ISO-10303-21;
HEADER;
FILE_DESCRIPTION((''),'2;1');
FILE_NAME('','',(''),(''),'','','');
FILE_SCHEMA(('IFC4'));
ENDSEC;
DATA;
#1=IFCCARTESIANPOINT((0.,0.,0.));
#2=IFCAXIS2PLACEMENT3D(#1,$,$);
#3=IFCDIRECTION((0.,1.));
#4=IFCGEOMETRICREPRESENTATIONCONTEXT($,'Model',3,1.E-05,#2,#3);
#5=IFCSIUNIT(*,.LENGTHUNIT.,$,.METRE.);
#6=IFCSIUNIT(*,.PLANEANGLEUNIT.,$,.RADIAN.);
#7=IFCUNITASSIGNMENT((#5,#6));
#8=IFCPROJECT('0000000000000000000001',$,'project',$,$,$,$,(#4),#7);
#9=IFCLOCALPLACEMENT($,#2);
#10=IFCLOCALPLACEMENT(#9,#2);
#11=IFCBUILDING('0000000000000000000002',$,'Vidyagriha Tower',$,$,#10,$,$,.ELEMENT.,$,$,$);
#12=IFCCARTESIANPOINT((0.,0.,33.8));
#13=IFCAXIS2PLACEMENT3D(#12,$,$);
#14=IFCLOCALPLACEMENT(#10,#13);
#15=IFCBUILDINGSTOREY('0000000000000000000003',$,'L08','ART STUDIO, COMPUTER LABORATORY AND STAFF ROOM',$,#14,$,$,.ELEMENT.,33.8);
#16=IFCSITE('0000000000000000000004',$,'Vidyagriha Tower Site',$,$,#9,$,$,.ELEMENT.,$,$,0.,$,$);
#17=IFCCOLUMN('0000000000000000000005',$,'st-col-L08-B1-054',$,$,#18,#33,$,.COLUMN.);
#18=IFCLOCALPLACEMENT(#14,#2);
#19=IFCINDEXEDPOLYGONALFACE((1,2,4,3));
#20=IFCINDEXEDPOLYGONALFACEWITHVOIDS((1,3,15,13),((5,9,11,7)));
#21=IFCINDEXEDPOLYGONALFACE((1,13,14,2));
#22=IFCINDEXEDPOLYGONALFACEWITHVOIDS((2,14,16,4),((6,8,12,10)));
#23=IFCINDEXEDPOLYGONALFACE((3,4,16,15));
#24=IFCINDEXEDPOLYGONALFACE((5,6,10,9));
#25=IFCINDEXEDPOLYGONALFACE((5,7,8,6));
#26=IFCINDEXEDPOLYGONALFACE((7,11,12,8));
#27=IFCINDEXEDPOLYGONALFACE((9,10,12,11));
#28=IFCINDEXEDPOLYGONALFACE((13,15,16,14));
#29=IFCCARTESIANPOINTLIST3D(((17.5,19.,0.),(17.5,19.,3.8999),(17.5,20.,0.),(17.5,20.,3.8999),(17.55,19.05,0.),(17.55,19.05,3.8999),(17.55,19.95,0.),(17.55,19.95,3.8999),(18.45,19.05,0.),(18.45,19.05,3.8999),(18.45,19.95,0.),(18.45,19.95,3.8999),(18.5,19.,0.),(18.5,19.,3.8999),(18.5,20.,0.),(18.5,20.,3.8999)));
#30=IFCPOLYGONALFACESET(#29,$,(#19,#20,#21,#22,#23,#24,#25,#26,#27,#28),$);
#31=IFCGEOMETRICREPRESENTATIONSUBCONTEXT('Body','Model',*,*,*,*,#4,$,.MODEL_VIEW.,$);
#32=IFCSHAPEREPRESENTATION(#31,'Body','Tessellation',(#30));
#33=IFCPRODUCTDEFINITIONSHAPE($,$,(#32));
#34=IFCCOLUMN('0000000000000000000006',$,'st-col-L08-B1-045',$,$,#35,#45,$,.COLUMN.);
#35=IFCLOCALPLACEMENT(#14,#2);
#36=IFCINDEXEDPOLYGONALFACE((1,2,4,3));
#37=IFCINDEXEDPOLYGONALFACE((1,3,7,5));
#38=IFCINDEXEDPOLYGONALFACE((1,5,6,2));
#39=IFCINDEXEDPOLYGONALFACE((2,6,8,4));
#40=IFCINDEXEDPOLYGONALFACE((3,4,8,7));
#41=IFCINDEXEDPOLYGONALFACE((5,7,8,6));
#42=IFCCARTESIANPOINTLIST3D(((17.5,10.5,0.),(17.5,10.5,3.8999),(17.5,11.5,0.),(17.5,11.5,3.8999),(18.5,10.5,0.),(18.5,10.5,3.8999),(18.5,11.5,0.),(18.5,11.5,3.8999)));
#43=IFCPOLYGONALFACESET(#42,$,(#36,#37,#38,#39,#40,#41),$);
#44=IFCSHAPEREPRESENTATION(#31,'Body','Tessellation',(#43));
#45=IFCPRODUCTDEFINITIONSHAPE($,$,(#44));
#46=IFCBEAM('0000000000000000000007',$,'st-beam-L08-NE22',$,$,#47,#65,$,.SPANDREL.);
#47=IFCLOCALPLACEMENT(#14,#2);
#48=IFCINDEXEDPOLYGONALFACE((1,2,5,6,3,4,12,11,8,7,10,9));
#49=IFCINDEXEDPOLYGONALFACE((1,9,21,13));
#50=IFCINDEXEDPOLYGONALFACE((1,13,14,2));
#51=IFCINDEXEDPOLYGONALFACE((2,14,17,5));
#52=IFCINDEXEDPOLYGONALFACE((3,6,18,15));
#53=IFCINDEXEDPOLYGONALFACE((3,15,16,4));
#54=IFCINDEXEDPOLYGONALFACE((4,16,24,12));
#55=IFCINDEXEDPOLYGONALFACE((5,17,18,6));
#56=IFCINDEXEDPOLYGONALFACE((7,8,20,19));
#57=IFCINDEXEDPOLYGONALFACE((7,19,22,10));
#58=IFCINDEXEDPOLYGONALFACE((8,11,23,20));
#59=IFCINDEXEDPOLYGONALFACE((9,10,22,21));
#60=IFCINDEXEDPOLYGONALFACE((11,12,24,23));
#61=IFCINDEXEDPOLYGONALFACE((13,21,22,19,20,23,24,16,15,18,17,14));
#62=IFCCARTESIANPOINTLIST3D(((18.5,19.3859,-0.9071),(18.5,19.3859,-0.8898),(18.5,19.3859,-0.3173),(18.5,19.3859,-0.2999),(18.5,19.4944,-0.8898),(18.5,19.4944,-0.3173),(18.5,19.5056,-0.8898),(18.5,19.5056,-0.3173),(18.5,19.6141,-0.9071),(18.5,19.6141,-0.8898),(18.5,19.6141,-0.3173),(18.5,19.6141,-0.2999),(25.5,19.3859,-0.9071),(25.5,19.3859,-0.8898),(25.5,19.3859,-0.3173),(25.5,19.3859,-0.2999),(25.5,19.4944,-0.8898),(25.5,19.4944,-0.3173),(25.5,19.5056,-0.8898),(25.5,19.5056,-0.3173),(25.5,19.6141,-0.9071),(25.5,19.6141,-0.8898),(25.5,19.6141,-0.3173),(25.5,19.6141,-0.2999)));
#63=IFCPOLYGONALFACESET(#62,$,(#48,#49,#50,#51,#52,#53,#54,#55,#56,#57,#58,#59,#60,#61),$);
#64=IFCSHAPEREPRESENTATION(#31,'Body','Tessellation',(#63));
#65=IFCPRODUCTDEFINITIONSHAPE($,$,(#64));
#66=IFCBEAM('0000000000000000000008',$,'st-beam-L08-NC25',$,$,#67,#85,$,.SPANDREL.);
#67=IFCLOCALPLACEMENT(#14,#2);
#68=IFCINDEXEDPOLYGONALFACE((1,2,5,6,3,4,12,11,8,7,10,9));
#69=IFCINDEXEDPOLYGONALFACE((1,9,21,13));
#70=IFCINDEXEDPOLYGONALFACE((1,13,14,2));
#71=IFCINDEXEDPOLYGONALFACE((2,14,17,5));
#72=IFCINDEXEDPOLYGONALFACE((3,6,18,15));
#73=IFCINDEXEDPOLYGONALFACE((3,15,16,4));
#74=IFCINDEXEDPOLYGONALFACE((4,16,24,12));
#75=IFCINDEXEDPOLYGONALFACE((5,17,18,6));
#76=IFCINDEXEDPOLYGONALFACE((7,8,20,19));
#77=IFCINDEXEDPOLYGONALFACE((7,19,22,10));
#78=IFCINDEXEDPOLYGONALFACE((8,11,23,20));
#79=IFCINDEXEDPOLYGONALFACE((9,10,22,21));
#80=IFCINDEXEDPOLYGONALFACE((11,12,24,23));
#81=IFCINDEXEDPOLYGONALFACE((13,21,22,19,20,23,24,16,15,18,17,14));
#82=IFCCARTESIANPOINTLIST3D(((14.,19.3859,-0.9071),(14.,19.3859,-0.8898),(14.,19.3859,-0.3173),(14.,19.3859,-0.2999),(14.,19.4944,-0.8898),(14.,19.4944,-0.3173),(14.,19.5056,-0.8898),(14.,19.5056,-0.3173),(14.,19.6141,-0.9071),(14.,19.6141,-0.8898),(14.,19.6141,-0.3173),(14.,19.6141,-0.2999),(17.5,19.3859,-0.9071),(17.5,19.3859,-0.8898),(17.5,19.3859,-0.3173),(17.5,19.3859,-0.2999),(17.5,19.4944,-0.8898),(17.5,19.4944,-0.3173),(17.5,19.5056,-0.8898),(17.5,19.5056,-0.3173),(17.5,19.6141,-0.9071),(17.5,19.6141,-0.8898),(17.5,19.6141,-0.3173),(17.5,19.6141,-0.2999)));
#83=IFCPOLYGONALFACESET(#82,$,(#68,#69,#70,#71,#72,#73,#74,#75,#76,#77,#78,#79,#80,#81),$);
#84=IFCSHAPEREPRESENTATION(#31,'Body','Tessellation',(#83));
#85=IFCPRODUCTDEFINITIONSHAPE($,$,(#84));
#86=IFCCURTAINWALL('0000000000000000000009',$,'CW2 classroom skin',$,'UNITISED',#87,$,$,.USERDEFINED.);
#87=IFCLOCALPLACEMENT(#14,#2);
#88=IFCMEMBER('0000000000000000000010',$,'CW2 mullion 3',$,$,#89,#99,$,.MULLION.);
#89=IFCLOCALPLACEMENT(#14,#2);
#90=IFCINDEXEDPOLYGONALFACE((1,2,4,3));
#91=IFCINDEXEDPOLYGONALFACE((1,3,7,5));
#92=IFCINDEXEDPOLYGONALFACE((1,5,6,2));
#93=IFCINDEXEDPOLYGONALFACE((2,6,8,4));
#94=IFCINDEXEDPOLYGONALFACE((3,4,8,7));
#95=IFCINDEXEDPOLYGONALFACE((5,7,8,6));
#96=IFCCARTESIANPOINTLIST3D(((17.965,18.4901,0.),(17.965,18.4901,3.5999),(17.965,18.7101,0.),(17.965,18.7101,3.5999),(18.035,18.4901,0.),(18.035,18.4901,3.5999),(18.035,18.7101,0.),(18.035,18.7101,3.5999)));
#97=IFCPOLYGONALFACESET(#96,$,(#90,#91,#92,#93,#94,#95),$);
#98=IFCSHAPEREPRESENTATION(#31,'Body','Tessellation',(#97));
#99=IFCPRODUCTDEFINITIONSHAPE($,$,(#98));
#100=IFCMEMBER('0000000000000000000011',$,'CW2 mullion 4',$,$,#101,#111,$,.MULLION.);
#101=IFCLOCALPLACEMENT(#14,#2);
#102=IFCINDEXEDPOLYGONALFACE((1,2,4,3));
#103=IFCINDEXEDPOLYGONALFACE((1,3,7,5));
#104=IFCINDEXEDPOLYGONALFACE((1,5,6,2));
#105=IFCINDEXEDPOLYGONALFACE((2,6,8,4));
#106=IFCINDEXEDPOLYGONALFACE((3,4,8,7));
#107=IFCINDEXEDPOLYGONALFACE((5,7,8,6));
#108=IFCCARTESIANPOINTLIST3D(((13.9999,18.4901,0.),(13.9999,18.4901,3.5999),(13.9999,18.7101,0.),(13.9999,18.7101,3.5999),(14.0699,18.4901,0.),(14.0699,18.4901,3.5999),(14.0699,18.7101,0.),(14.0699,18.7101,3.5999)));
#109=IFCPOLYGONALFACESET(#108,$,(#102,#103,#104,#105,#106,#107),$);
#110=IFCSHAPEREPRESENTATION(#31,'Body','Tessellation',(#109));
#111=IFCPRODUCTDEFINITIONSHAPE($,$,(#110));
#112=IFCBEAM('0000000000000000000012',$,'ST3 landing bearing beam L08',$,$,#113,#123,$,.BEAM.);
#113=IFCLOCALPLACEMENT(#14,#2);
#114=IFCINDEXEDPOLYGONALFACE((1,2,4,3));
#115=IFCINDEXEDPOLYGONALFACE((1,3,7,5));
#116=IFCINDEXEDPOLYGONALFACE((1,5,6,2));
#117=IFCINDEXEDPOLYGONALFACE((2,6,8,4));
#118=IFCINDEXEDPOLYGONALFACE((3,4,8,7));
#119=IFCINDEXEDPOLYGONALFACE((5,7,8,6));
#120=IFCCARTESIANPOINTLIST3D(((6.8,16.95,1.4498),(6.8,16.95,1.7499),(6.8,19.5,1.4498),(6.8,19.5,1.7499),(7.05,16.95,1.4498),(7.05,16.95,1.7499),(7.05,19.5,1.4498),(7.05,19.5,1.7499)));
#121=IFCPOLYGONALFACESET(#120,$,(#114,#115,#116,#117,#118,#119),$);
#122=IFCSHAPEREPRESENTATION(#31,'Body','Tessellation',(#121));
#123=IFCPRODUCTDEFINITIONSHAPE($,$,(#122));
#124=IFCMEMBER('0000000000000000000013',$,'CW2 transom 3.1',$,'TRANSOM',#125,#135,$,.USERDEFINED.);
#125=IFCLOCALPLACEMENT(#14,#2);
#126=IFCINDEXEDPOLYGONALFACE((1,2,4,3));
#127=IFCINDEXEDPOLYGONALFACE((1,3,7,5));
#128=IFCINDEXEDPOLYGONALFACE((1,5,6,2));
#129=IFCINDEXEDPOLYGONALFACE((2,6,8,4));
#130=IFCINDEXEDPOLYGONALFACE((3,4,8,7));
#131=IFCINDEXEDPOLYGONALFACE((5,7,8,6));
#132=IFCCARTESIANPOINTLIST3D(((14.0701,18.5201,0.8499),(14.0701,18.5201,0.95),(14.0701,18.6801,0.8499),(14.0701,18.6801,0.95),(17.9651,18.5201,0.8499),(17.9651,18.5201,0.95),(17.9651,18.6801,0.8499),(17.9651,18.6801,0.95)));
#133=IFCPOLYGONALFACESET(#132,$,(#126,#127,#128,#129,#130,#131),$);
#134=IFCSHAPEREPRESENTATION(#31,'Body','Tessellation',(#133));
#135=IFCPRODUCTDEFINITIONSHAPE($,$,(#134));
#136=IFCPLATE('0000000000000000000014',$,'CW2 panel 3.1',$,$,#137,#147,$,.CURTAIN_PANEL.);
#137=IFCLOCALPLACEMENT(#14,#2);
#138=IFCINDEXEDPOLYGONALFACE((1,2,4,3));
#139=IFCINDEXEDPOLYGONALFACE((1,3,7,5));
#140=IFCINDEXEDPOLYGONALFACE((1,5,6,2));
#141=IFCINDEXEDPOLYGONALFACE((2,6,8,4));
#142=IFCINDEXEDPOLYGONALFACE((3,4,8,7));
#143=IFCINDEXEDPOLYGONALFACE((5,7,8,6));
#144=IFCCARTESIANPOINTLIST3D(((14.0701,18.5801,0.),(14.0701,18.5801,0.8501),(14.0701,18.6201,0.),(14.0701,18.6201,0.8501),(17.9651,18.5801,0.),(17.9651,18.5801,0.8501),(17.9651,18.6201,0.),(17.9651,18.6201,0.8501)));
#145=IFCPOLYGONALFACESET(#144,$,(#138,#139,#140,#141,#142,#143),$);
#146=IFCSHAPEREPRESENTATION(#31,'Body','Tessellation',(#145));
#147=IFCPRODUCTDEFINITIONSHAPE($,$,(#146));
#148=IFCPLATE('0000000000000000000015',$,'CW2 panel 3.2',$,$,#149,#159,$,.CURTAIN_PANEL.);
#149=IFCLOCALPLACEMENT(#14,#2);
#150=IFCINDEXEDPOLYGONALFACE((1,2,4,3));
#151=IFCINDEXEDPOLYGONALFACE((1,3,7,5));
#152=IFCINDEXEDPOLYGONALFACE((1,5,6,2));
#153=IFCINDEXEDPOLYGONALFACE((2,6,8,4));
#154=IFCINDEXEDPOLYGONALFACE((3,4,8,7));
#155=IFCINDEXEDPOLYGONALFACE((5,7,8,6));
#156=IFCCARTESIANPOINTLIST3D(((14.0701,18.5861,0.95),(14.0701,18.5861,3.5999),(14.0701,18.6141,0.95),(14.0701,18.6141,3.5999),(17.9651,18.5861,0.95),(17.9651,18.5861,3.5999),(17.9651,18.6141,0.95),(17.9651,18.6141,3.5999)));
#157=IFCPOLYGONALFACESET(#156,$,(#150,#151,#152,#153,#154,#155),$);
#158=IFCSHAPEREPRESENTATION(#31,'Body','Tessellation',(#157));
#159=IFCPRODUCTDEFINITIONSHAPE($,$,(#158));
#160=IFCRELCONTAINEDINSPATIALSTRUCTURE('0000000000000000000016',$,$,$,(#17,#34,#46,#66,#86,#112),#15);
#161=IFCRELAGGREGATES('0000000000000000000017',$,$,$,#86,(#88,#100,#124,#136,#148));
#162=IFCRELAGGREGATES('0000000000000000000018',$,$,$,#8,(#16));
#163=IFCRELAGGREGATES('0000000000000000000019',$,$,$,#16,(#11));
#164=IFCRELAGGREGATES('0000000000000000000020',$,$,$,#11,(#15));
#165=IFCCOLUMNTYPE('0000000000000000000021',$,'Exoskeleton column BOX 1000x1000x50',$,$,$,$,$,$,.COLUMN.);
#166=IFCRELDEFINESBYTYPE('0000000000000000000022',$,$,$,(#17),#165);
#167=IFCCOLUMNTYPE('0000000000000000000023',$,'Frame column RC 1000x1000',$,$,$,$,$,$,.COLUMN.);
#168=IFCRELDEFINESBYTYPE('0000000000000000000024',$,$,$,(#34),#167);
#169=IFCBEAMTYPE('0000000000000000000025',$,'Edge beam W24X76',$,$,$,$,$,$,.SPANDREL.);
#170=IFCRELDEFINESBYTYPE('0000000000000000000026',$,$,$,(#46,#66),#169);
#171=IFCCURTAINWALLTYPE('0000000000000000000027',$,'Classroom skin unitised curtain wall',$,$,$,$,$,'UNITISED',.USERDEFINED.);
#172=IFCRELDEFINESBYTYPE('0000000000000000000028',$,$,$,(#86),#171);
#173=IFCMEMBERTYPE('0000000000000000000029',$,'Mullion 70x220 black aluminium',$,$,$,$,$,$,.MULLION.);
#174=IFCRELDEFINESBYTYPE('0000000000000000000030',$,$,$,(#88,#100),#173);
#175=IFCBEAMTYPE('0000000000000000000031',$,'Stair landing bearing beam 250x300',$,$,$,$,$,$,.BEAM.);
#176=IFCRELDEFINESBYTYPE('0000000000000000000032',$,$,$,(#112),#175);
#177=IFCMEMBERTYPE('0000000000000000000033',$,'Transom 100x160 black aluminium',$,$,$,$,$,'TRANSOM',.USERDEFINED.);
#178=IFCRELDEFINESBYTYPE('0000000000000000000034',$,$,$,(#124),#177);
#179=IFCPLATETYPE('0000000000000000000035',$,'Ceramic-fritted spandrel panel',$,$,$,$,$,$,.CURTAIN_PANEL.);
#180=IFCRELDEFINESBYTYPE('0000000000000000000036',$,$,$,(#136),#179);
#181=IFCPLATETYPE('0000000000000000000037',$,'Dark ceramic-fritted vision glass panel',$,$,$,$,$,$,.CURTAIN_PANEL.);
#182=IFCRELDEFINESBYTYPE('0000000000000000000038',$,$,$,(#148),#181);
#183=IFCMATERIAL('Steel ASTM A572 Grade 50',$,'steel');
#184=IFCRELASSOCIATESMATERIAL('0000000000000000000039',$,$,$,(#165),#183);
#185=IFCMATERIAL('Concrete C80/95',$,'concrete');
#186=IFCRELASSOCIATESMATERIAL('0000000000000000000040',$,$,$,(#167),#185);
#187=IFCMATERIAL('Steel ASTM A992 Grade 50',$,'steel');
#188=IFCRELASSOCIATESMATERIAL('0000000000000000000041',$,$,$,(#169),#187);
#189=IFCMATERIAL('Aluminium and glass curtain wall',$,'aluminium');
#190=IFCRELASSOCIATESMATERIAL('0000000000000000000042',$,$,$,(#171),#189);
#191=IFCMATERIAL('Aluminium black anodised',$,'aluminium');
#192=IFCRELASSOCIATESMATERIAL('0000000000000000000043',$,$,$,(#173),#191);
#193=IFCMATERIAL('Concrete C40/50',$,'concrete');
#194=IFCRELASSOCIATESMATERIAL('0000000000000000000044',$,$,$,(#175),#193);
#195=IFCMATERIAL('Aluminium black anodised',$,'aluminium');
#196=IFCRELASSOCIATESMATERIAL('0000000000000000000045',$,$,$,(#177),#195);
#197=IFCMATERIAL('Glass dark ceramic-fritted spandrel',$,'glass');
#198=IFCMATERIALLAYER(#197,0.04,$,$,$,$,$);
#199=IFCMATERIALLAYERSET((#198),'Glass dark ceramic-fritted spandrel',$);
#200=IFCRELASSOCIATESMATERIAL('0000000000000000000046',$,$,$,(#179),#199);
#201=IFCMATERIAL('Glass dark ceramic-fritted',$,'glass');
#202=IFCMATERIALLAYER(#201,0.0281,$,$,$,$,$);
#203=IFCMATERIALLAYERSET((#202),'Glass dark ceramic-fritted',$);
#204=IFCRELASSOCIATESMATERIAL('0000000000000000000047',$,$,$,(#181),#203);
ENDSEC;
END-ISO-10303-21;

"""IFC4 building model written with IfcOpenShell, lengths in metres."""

from ifc_helpers import new_model, si_unit, direction, frame, origin, origin_2d, place, context, subcontext, project, spatial, rectangle, hollow_rectangle, i_section, extrude, material, layer, layer_set, material_profile, profile_set, type_object, element, aggregate, save


model = new_model("IFC4")

# Units and contexts
model_context = context("Model", 3, precision=1e-05, world=origin(), true_north=direction((0.0, 1.0)))
body_context = subcontext(model_context, "Body", "Model", "MODEL_VIEW")
ifc_project = project(units=[si_unit("LENGTHUNIT", "METRE"), si_unit("PLANEANGLEUNIT", "RADIAN")], contexts=[model_context])

# Site, building, storey
site_placement = place(None, origin())
site = spatial("IfcSite", under=ifc_project, at=site_placement, Name="Vidyagriha Tower Site", CompositionType="ELEMENT", RefElevation=0.0)
building_placement = place(site_placement, origin())
building = spatial("IfcBuilding", under=site, at=building_placement, Name="Vidyagriha Tower", CompositionType="ELEMENT")
storey_placement = place(building_placement, frame((0.0, 0.0, 33.8)))
storey = spatial("IfcBuildingStorey", under=building, at=storey_placement, Name="L08", Description="ART STUDIO, COMPUTER LABORATORY AND STAFF ROOM", CompositionType="ELEMENT", Elevation=33.8)

# Columns
ifc_material_1 = material(Name="Steel ASTM A572 Grade 50", Category="steel")
ifc_material_profile_1 = material_profile(ifc_material_1, hollow_rectangle(XDim=1.0, YDim=1.0, WallThickness=0.05, at=origin_2d()), Name="BOX 1000x1000x50")
ifc_profile_set_1 = profile_set([ifc_material_profile_1], Name="Steel ASTM A572 Grade 50")
column_type_1 = type_object("IfcColumnType", Name="Exoskeleton column BOX 1000x1000x50", PredefinedType="COLUMN", material=ifc_profile_set_1)
column_1_placement = place(storey_placement, frame((18.0, 19.5, 0.0)))
element("IfcColumn", 1, at=column_1_placement, inside=storey, type_object=column_type_1, Name="st-col-L08-B1-054", PredefinedType="COLUMN", context=body_context, shape_type="SweptSolid", body=[
    extrude(hollow_rectangle(XDim=1.0, YDim=1.0, WallThickness=0.05, at=origin_2d()), origin(), (0.0, 0.0, 1.0), 3.8999),
])
ifc_material_2 = material(Name="Concrete C80/95", Category="concrete")
ifc_material_profile_2 = material_profile(ifc_material_2, rectangle(XDim=1.0, YDim=1.0, at=origin_2d()), Name="RC 1000x1000")
ifc_profile_set_2 = profile_set([ifc_material_profile_2], Name="Concrete C80/95")
column_type_2 = type_object("IfcColumnType", Name="Frame column RC 1000x1000", PredefinedType="COLUMN", material=ifc_profile_set_2)
column_2_placement = place(storey_placement, frame((18.0, 11.0, 0.0)))
element("IfcColumn", 2, at=column_2_placement, inside=storey, type_object=column_type_2, Name="st-col-L08-B1-045", PredefinedType="COLUMN", context=body_context, shape_type="SweptSolid", body=[
    extrude(rectangle(XDim=1.0, YDim=1.0, at=origin_2d()), origin(), (0.0, 0.0, 1.0), 3.8999),
])

# Beams
ifc_material_3 = material(Name="Steel ASTM A992 Grade 50", Category="steel")
ifc_material_profile_3 = material_profile(ifc_material_3, i_section(OverallWidth=0.2283, OverallDepth=0.6072, WebThickness=0.0112, FlangeThickness=0.0173, at=origin_2d()), Name="W24X76")
ifc_profile_set_3 = profile_set([ifc_material_profile_3], Name="Steel ASTM A992 Grade 50")
beam_type_1 = type_object("IfcBeamType", Name="Edge beam W24X76", PredefinedType="SPANDREL", material=ifc_profile_set_3)
beam_1_placement = place(storey_placement, frame((18.5, 19.5, -0.6035), z_axis=(1.0, 0.0, 0.0), x_axis=(0.0, 1.0, 0.0)))
element("IfcBeam", 3, at=beam_1_placement, inside=storey, type_object=beam_type_1, Name="st-beam-L08-NE22", PredefinedType="SPANDREL", context=body_context, shape_type="SweptSolid", body=[
    extrude(i_section(OverallWidth=0.2283, OverallDepth=0.6072, WebThickness=0.0112, FlangeThickness=0.0173, at=origin_2d()), origin(), (0.0, 0.0, 1.0), 7.0),
])
beam_2_placement = place(storey_placement, frame((14.0, 19.5, -0.6035), z_axis=(1.0, 0.0, 0.0), x_axis=(0.0, 1.0, 0.0)))
element("IfcBeam", 4, at=beam_2_placement, inside=storey, type_object=beam_type_1, Name="st-beam-L08-NC25", PredefinedType="SPANDREL", context=body_context, shape_type="SweptSolid", body=[
    extrude(i_section(OverallWidth=0.2283, OverallDepth=0.6072, WebThickness=0.0112, FlangeThickness=0.0173, at=origin_2d()), origin(), (0.0, 0.0, 1.0), 3.5),
])

# Curtain wall, members
ifc_material_4 = material(Name="Aluminium and glass curtain wall", Category="aluminium")
curtain_wall_type = type_object("IfcCurtainWallType", Name="Classroom skin unitised curtain wall", ElementType="UNITISED", PredefinedType="USERDEFINED", material=ifc_material_4)
curtain_wall_placement = place(storey_placement, origin())
curtain_wall = element("IfcCurtainWall", 5, at=curtain_wall_placement, inside=storey, type_object=curtain_wall_type, Name="CW2 classroom skin", ObjectType="UNITISED", PredefinedType="USERDEFINED")
ifc_material_5 = material(Name="Aluminium black anodised", Category="aluminium")
ifc_material_profile_4 = material_profile(ifc_material_5, rectangle(XDim=0.22, YDim=0.0701, at=origin_2d()), Name="Mullion 70x220 black aluminium")
ifc_profile_set_4 = profile_set([ifc_material_profile_4], Name="Aluminium black anodised")
member_type_1 = type_object("IfcMemberType", Name="Mullion 70x220 black aluminium", PredefinedType="MULLION", material=ifc_profile_set_4)
member_1_placement = place(storey_placement, frame((18.0, 18.6001, 0.0), z_axis=(0.0, 0.0, 1.0), x_axis=(0.0, -1.0, 0.0)))
member_1 = element("IfcMember", 6, at=member_1_placement, type_object=member_type_1, Name="CW2 mullion 3", PredefinedType="MULLION", context=body_context, shape_type="SweptSolid", body=[
    extrude(rectangle(XDim=0.22, YDim=0.0701, at=origin_2d()), origin(), (0.0, 0.0, 1.0), 3.5999),
])
member_2_placement = place(storey_placement, frame((14.0349, 18.6001, 0.0), z_axis=(0.0, 0.0, 1.0), x_axis=(0.0, -1.0, 0.0)))
member_2 = element("IfcMember", 7, at=member_2_placement, type_object=member_type_1, Name="CW2 mullion 4", PredefinedType="MULLION", context=body_context, shape_type="SweptSolid", body=[
    extrude(rectangle(XDim=0.22, YDim=0.0701, at=origin_2d()), origin(), (0.0, 0.0, 1.0), 3.5999),
])

# Beam
ifc_material_6 = material(Name="Concrete C40/50", Category="concrete")
ifc_material_profile_5 = material_profile(ifc_material_6, rectangle(XDim=0.25, YDim=0.3, at=origin_2d()), Name="Stair landing bearing beam 250x300")
ifc_profile_set_5 = profile_set([ifc_material_profile_5], Name="Concrete C40/50")
beam_type_2 = type_object("IfcBeamType", Name="Stair landing bearing beam 250x300", PredefinedType="BEAM", material=ifc_profile_set_5)
beam_3_placement = place(storey_placement, frame((6.925, 16.95, 1.5999), z_axis=(0.0, 1.0, 0.0), x_axis=(-1.0, 0.0, 0.0)))
element("IfcBeam", 8, at=beam_3_placement, inside=storey, type_object=beam_type_2, Name="ST3 landing bearing beam L08", PredefinedType="BEAM", context=body_context, shape_type="SweptSolid", body=[
    extrude(rectangle(XDim=0.25, YDim=0.3, at=origin_2d()), origin(), (0.0, 0.0, 1.0), 2.55),
])

# Member
ifc_material_7 = material(Name="Aluminium black anodised", Category="aluminium")
ifc_material_profile_6 = material_profile(ifc_material_7, rectangle(XDim=0.1599, YDim=0.1001, at=origin_2d()), Name="Transom 100x160 black aluminium")
ifc_profile_set_6 = profile_set([ifc_material_profile_6], Name="Aluminium black anodised")
member_type_2 = type_object("IfcMemberType", Name="Transom 100x160 black aluminium", ElementType="TRANSOM", PredefinedType="USERDEFINED", material=ifc_profile_set_6)
member_3_placement = place(storey_placement, frame((17.9651, 18.6001, 0.8999), z_axis=(-1.0, 0.0, 0.0), x_axis=(0.0, -1.0, 0.0)))
member_3 = element("IfcMember", 9, at=member_3_placement, type_object=member_type_2, Name="CW2 transom 3.1", ObjectType="TRANSOM", PredefinedType="USERDEFINED", context=body_context, shape_type="SweptSolid", body=[
    extrude(rectangle(XDim=0.1599, YDim=0.1001, at=origin_2d()), origin(), (0.0, 0.0, 1.0), 3.895),
])

# Plates
ifc_material_8 = material(Name="Glass dark ceramic-fritted spandrel", Category="glass")
ifc_layer_1 = layer(ifc_material_8, 0.04)
ifc_layer_set_1 = layer_set([ifc_layer_1], Name="Glass dark ceramic-fritted spandrel")
plate_type_1 = type_object("IfcPlateType", Name="Ceramic-fritted spandrel panel", PredefinedType="CURTAIN_PANEL", material=ifc_layer_set_1)
plate_1_placement = place(storey_placement, frame((16.0176, 18.6001, 0.0), z_axis=(0.0, 0.0, 1.0), x_axis=(-1.0, 0.0, 0.0)))
plate_1 = element("IfcPlate", 10, at=plate_1_placement, type_object=plate_type_1, Name="CW2 panel 3.1", PredefinedType="CURTAIN_PANEL", context=body_context, shape_type="SweptSolid", body=[
    extrude(rectangle(XDim=3.895, YDim=0.04, at=origin_2d()), origin(), (0.0, 0.0, 1.0), 0.8501),
])
ifc_material_9 = material(Name="Glass dark ceramic-fritted", Category="glass")
ifc_layer_2 = layer(ifc_material_9, 0.0281)
ifc_layer_set_2 = layer_set([ifc_layer_2], Name="Glass dark ceramic-fritted")
plate_type_2 = type_object("IfcPlateType", Name="Dark ceramic-fritted vision glass panel", PredefinedType="CURTAIN_PANEL", material=ifc_layer_set_2)
plate_2_placement = place(storey_placement, frame((16.0176, 18.6001, 0.95), z_axis=(0.0, 0.0, 1.0), x_axis=(-1.0, 0.0, 0.0)))
plate_2 = element("IfcPlate", 11, at=plate_2_placement, type_object=plate_type_2, Name="CW2 panel 3.2", PredefinedType="CURTAIN_PANEL", context=body_context, shape_type="SweptSolid", body=[
    extrude(rectangle(XDim=3.895, YDim=0.0281, at=origin_2d()), origin(), (0.0, 0.0, 1.0), 2.6499),
])
aggregate(curtain_wall, [member_1, member_2, member_3, plate_1, plate_2])

save(model, "model.ifc")
